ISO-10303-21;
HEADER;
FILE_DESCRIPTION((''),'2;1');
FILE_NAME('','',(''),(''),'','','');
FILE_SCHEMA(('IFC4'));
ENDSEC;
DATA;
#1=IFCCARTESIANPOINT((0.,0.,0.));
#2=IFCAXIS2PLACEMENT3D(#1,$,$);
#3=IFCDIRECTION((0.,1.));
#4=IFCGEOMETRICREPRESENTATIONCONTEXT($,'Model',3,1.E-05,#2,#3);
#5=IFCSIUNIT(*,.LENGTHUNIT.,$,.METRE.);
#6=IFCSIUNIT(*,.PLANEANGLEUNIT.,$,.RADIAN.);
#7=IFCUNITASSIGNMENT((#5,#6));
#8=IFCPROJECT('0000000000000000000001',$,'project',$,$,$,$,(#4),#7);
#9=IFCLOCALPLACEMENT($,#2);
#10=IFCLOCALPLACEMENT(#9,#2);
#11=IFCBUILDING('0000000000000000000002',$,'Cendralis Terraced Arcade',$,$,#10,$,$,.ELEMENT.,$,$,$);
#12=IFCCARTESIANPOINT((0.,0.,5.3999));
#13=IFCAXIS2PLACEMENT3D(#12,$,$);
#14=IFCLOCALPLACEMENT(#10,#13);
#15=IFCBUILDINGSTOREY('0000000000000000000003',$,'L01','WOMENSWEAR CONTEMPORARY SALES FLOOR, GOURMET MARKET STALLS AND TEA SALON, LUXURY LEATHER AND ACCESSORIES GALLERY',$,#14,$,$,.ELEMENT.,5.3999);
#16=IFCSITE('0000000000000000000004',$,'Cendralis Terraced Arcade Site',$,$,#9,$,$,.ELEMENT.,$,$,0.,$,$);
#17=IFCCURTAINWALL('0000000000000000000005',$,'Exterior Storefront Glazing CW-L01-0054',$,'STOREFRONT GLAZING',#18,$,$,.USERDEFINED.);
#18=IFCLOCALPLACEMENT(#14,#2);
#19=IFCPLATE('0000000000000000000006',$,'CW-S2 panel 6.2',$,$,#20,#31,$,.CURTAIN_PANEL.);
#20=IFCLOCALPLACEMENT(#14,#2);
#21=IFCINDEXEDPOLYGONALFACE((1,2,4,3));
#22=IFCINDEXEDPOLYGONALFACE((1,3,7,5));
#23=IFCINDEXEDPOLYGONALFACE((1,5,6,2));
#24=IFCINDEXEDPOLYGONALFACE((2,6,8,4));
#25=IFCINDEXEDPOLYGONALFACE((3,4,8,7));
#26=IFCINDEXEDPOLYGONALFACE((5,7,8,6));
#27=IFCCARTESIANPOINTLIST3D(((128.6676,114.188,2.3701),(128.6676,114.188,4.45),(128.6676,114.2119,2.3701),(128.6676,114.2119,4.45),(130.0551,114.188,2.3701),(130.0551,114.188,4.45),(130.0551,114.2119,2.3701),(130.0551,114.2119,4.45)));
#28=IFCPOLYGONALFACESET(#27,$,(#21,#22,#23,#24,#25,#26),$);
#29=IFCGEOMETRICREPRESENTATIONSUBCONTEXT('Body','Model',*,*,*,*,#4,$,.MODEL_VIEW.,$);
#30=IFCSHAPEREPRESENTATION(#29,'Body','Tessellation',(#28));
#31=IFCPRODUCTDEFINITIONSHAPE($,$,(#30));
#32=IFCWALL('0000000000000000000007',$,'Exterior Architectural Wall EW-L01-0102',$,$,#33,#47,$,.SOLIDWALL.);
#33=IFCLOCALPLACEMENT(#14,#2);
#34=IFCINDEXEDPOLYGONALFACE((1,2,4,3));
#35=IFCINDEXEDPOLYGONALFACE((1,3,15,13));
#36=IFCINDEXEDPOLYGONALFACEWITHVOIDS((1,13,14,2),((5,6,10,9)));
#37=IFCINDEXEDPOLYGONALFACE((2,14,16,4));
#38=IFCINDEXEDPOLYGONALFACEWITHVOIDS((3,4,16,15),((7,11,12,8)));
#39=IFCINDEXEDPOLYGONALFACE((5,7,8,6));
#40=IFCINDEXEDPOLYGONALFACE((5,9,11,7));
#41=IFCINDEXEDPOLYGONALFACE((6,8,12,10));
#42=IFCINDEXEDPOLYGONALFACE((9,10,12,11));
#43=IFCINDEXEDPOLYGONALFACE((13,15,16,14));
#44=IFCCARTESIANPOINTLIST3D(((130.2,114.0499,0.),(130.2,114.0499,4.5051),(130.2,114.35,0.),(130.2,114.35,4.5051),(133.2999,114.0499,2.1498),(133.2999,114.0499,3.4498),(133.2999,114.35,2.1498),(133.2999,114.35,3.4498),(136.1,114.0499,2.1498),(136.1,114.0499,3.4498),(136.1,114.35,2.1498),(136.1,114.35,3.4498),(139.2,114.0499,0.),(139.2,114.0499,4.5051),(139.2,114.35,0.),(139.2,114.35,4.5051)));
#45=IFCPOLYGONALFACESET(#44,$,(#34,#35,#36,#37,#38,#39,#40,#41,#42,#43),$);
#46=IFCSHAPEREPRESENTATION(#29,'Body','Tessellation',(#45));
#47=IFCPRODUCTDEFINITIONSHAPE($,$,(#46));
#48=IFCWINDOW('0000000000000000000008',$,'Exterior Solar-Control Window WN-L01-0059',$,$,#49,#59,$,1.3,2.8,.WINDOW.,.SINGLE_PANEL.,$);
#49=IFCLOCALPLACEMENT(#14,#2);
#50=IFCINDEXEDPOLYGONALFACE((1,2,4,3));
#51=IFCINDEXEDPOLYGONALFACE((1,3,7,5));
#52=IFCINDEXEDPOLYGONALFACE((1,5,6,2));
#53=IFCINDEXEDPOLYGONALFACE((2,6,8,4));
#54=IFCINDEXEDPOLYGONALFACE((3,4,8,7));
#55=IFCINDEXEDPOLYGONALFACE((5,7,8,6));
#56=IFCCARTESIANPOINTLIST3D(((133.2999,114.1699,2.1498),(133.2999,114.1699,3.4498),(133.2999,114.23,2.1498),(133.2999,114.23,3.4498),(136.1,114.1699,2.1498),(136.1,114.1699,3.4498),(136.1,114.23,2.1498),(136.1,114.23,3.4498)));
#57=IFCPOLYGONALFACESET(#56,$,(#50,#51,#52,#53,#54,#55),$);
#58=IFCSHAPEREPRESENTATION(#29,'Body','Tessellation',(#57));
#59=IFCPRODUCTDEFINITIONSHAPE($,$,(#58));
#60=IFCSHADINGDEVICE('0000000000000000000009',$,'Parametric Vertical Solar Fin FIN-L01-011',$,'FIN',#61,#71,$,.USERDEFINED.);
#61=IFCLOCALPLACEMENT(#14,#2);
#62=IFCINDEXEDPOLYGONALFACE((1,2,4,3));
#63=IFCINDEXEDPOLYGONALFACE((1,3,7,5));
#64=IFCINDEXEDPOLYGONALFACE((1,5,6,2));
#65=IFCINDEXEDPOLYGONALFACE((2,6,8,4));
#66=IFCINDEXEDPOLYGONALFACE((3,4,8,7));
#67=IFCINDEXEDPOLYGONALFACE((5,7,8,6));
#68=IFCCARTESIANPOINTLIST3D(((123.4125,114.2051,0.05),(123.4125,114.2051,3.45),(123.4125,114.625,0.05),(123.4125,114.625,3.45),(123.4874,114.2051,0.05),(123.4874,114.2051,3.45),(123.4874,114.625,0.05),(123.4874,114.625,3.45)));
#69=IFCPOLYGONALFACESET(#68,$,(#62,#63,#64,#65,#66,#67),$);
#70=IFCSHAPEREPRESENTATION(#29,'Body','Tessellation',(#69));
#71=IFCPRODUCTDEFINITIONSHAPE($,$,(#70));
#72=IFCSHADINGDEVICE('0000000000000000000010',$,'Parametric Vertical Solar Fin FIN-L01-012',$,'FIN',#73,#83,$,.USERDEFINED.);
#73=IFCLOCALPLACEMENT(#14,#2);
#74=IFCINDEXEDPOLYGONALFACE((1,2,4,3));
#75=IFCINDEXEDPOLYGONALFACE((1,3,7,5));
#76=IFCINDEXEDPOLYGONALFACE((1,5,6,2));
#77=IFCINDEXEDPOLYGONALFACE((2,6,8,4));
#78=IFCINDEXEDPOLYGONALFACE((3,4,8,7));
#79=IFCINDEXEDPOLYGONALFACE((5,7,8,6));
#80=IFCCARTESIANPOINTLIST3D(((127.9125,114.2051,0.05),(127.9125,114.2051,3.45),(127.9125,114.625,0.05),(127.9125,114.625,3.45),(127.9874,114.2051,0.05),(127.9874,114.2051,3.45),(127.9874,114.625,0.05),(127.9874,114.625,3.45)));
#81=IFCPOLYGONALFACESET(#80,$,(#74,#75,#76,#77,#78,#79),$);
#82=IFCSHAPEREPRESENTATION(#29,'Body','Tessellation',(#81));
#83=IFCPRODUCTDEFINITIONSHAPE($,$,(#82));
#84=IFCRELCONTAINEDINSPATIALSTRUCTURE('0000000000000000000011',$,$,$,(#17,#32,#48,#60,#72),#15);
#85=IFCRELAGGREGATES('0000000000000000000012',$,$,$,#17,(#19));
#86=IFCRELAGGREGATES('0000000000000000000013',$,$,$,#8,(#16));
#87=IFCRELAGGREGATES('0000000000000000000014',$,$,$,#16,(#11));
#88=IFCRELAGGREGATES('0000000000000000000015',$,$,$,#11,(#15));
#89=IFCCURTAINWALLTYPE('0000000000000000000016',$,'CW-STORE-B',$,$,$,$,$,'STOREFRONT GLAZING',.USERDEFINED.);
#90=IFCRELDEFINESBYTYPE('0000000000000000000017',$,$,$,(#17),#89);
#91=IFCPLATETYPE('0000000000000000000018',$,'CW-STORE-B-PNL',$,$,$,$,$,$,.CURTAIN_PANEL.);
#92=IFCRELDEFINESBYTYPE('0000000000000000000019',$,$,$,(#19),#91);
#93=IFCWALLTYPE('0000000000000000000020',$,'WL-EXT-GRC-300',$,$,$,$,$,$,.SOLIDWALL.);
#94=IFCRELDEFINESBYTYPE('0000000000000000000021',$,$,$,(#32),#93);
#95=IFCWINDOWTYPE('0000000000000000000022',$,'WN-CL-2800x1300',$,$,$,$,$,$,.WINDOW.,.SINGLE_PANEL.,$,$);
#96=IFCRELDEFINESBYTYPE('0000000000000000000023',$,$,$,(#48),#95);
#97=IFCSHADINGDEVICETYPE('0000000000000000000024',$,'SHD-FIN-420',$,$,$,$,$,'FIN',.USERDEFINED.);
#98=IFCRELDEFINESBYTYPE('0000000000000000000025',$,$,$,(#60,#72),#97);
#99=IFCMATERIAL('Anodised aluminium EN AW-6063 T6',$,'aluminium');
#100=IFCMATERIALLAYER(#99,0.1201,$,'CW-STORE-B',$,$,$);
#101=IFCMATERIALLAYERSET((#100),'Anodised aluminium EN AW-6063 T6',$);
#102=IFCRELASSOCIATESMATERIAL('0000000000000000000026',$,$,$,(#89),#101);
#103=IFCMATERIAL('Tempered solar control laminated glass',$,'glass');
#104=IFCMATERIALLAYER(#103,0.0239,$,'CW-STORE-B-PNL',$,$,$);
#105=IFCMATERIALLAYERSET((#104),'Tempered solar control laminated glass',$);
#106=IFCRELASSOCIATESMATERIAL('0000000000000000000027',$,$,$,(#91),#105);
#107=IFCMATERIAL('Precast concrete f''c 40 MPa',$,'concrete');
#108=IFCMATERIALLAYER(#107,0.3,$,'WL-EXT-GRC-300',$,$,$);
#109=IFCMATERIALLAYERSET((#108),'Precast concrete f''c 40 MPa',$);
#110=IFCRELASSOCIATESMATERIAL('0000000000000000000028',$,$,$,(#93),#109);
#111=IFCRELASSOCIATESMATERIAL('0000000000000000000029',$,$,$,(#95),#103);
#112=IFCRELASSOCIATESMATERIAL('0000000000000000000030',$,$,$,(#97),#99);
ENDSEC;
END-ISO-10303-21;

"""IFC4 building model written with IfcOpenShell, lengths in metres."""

from ifc_helpers import new_model, si_unit, direction, frame, frame_2d, origin, origin_2d, place, context, subcontext, project, spatial, rectangle, extrude, material, layer, layer_set, type_object, element, fill, aggregate, save


model = new_model("IFC4")

# Units and contexts
model_context = context("Model", 3, precision=1e-05, world=origin(), true_north=direction((0.0, 1.0)))
body_context = subcontext(model_context, "Body", "Model", "MODEL_VIEW")
ifc_project = project(units=[si_unit("LENGTHUNIT", "METRE"), si_unit("PLANEANGLEUNIT", "RADIAN")], contexts=[model_context])

# Site, building, storey
site_placement = place(None, origin())
site = spatial("IfcSite", under=ifc_project, at=site_placement, Name="Cendralis Terraced Arcade Site", CompositionType="ELEMENT", RefElevation=0.0)
building_placement = place(site_placement, origin())
building = spatial("IfcBuilding", under=site, at=building_placement, Name="Cendralis Terraced Arcade", CompositionType="ELEMENT")
storey_placement = place(building_placement, frame((0.0, 0.0, 5.3999)))
storey = spatial("IfcBuildingStorey", under=building, at=storey_placement, Name="L01", Description="WOMENSWEAR CONTEMPORARY SALES FLOOR, GOURMET MARKET STALLS AND TEA SALON, LUXURY LEATHER AND ACCESSORIES GALLERY", CompositionType="ELEMENT", Elevation=5.3999)

# Curtain wall, plate
ifc_material_1 = material(Name="Anodised aluminium EN AW-6063 T6", Category="aluminium")
ifc_layer_1 = layer(ifc_material_1, 0.1201, Name="CW-STORE-B")
ifc_layer_set_1 = layer_set([ifc_layer_1], Name="Anodised aluminium EN AW-6063 T6")
curtain_wall_type = type_object("IfcCurtainWallType", Name="CW-STORE-B", ElementType="STOREFRONT GLAZING", PredefinedType="USERDEFINED", material=ifc_layer_set_1)
curtain_wall_placement = place(storey_placement, origin())
curtain_wall = element("IfcCurtainWall", 1, at=curtain_wall_placement, inside=storey, type_object=curtain_wall_type, Name="Exterior Storefront Glazing CW-L01-0054", ObjectType="STOREFRONT GLAZING", PredefinedType="USERDEFINED")
ifc_material_2 = material(Name="Tempered solar control laminated glass", Category="glass")
ifc_layer_2 = layer(ifc_material_2, 0.0239, Name="CW-STORE-B-PNL")
ifc_layer_set_2 = layer_set([ifc_layer_2], Name="Tempered solar control laminated glass")
plate_type = type_object("IfcPlateType", Name="CW-STORE-B-PNL", PredefinedType="CURTAIN_PANEL", material=ifc_layer_set_2)
plate_1_placement = place(storey_placement, frame((129.3613, 114.2, 2.3701), z_axis=(0.0, 0.0, 1.0), x_axis=(1.0, 0.0, 0.0)))
plate_1 = element("IfcPlate", 2, at=plate_1_placement, type_object=plate_type, Name="CW-S2 panel 6.2", PredefinedType="CURTAIN_PANEL", context=body_context, shape_type="SweptSolid", body=[
    extrude(rectangle(XDim=1.3875, YDim=0.0239, at=origin_2d()), origin(), (0.0, 0.0, 1.0), 2.0798),
])
aggregate(curtain_wall, [plate_1])

# Wall, opening, window
ifc_material_3 = material(Name="Precast concrete f'c 40 MPa", Category="concrete")
ifc_layer_3 = layer(ifc_material_3, 0.3, Name="WL-EXT-GRC-300")
ifc_layer_set_3 = layer_set([ifc_layer_3], Name="Precast concrete f'c 40 MPa")
wall_type = type_object("IfcWallType", Name="WL-EXT-GRC-300", PredefinedType="SOLIDWALL", material=ifc_layer_set_3)
wall_placement = place(storey_placement, frame((130.2, 114.2, 0.0), z_axis=(0.0, 0.0, 1.0), x_axis=(1.0, 0.0, 0.0)))
wall = element("IfcWall", 3, at=wall_placement, inside=storey, type_object=wall_type, Name="Exterior Architectural Wall EW-L01-0102", PredefinedType="SOLIDWALL", context=body_context, shape_type="SweptSolid", body=[
    extrude(rectangle(XDim=9.0, YDim=0.3, at=frame_2d((4.5, 0.0))), origin(), (0.0, 0.0, 1.0), 4.5051),
])
opening_placement = place(wall_placement, frame((3.1001, 0.0, 2.1499)))
opening = element("IfcOpeningElement", 4, at=opening_placement, cuts=wall, PredefinedType="OPENING", context=body_context, shape_type="SweptSolid", body=[
    extrude(rectangle(XDim=2.8, YDim=1.3, at=frame_2d((1.3999, 0.6499))), frame((0.0, 0.1621, 0.0), z_axis=(0.0, -1.0, 0.0), x_axis=(1.0, 0.0, 0.0)), (0.0, 0.0, 1.0), 0.324),
])
window_type = type_object("IfcWindowType", Name="WN-CL-2800x1300", PartitioningType="SINGLE_PANEL", PredefinedType="WINDOW", material=ifc_material_2)
window_placement = place(opening_placement, origin())
window = element("IfcWindow", 5, at=window_placement, inside=storey, type_object=window_type, Name="Exterior Solar-Control Window WN-L01-0059", OverallHeight=1.3, OverallWidth=2.8, PartitioningType="SINGLE_PANEL", PredefinedType="WINDOW", context=body_context, shape_type="SweptSolid", body=[
    extrude(rectangle(XDim=2.8, YDim=1.3, at=frame_2d((1.3999, 0.6499))), frame((0.0, 0.03, 0.0), z_axis=(0.0, -1.0, 0.0), x_axis=(1.0, 0.0, 0.0)), (0.0, 0.0, 1.0), 0.0601),
])
fill(opening, window)

# Shading devices
shading_device_type = type_object("IfcShadingDeviceType", Name="SHD-FIN-420", ElementType="FIN", PredefinedType="USERDEFINED", material=ifc_material_1)
for number, where, z_axis, x_axis, name in (
    (6, (123.45, 114.415, 0.05), (0.0, 0.0, 1.0), (1.0, 0.0, 0.0), "Parametric Vertical Solar Fin FIN-L01-011"),
    (7, (127.95, 114.415, 0.05), (0.0, 0.0, 1.0), (1.0, 0.0, 0.0), "Parametric Vertical Solar Fin FIN-L01-012"),
):
    element("IfcShadingDevice", number, at=place(storey_placement, frame(where, z_axis=z_axis, x_axis=x_axis)), inside=storey, type_object=shading_device_type, Name=name, ObjectType="FIN", PredefinedType="USERDEFINED", context=body_context, shape_type="SweptSolid", body=[
        extrude(rectangle(XDim=0.075, YDim=0.4199, at=origin_2d()), origin(), (0.0, 0.0, 1.0), 3.3999),
    ])

save(model, "model.ifc")
